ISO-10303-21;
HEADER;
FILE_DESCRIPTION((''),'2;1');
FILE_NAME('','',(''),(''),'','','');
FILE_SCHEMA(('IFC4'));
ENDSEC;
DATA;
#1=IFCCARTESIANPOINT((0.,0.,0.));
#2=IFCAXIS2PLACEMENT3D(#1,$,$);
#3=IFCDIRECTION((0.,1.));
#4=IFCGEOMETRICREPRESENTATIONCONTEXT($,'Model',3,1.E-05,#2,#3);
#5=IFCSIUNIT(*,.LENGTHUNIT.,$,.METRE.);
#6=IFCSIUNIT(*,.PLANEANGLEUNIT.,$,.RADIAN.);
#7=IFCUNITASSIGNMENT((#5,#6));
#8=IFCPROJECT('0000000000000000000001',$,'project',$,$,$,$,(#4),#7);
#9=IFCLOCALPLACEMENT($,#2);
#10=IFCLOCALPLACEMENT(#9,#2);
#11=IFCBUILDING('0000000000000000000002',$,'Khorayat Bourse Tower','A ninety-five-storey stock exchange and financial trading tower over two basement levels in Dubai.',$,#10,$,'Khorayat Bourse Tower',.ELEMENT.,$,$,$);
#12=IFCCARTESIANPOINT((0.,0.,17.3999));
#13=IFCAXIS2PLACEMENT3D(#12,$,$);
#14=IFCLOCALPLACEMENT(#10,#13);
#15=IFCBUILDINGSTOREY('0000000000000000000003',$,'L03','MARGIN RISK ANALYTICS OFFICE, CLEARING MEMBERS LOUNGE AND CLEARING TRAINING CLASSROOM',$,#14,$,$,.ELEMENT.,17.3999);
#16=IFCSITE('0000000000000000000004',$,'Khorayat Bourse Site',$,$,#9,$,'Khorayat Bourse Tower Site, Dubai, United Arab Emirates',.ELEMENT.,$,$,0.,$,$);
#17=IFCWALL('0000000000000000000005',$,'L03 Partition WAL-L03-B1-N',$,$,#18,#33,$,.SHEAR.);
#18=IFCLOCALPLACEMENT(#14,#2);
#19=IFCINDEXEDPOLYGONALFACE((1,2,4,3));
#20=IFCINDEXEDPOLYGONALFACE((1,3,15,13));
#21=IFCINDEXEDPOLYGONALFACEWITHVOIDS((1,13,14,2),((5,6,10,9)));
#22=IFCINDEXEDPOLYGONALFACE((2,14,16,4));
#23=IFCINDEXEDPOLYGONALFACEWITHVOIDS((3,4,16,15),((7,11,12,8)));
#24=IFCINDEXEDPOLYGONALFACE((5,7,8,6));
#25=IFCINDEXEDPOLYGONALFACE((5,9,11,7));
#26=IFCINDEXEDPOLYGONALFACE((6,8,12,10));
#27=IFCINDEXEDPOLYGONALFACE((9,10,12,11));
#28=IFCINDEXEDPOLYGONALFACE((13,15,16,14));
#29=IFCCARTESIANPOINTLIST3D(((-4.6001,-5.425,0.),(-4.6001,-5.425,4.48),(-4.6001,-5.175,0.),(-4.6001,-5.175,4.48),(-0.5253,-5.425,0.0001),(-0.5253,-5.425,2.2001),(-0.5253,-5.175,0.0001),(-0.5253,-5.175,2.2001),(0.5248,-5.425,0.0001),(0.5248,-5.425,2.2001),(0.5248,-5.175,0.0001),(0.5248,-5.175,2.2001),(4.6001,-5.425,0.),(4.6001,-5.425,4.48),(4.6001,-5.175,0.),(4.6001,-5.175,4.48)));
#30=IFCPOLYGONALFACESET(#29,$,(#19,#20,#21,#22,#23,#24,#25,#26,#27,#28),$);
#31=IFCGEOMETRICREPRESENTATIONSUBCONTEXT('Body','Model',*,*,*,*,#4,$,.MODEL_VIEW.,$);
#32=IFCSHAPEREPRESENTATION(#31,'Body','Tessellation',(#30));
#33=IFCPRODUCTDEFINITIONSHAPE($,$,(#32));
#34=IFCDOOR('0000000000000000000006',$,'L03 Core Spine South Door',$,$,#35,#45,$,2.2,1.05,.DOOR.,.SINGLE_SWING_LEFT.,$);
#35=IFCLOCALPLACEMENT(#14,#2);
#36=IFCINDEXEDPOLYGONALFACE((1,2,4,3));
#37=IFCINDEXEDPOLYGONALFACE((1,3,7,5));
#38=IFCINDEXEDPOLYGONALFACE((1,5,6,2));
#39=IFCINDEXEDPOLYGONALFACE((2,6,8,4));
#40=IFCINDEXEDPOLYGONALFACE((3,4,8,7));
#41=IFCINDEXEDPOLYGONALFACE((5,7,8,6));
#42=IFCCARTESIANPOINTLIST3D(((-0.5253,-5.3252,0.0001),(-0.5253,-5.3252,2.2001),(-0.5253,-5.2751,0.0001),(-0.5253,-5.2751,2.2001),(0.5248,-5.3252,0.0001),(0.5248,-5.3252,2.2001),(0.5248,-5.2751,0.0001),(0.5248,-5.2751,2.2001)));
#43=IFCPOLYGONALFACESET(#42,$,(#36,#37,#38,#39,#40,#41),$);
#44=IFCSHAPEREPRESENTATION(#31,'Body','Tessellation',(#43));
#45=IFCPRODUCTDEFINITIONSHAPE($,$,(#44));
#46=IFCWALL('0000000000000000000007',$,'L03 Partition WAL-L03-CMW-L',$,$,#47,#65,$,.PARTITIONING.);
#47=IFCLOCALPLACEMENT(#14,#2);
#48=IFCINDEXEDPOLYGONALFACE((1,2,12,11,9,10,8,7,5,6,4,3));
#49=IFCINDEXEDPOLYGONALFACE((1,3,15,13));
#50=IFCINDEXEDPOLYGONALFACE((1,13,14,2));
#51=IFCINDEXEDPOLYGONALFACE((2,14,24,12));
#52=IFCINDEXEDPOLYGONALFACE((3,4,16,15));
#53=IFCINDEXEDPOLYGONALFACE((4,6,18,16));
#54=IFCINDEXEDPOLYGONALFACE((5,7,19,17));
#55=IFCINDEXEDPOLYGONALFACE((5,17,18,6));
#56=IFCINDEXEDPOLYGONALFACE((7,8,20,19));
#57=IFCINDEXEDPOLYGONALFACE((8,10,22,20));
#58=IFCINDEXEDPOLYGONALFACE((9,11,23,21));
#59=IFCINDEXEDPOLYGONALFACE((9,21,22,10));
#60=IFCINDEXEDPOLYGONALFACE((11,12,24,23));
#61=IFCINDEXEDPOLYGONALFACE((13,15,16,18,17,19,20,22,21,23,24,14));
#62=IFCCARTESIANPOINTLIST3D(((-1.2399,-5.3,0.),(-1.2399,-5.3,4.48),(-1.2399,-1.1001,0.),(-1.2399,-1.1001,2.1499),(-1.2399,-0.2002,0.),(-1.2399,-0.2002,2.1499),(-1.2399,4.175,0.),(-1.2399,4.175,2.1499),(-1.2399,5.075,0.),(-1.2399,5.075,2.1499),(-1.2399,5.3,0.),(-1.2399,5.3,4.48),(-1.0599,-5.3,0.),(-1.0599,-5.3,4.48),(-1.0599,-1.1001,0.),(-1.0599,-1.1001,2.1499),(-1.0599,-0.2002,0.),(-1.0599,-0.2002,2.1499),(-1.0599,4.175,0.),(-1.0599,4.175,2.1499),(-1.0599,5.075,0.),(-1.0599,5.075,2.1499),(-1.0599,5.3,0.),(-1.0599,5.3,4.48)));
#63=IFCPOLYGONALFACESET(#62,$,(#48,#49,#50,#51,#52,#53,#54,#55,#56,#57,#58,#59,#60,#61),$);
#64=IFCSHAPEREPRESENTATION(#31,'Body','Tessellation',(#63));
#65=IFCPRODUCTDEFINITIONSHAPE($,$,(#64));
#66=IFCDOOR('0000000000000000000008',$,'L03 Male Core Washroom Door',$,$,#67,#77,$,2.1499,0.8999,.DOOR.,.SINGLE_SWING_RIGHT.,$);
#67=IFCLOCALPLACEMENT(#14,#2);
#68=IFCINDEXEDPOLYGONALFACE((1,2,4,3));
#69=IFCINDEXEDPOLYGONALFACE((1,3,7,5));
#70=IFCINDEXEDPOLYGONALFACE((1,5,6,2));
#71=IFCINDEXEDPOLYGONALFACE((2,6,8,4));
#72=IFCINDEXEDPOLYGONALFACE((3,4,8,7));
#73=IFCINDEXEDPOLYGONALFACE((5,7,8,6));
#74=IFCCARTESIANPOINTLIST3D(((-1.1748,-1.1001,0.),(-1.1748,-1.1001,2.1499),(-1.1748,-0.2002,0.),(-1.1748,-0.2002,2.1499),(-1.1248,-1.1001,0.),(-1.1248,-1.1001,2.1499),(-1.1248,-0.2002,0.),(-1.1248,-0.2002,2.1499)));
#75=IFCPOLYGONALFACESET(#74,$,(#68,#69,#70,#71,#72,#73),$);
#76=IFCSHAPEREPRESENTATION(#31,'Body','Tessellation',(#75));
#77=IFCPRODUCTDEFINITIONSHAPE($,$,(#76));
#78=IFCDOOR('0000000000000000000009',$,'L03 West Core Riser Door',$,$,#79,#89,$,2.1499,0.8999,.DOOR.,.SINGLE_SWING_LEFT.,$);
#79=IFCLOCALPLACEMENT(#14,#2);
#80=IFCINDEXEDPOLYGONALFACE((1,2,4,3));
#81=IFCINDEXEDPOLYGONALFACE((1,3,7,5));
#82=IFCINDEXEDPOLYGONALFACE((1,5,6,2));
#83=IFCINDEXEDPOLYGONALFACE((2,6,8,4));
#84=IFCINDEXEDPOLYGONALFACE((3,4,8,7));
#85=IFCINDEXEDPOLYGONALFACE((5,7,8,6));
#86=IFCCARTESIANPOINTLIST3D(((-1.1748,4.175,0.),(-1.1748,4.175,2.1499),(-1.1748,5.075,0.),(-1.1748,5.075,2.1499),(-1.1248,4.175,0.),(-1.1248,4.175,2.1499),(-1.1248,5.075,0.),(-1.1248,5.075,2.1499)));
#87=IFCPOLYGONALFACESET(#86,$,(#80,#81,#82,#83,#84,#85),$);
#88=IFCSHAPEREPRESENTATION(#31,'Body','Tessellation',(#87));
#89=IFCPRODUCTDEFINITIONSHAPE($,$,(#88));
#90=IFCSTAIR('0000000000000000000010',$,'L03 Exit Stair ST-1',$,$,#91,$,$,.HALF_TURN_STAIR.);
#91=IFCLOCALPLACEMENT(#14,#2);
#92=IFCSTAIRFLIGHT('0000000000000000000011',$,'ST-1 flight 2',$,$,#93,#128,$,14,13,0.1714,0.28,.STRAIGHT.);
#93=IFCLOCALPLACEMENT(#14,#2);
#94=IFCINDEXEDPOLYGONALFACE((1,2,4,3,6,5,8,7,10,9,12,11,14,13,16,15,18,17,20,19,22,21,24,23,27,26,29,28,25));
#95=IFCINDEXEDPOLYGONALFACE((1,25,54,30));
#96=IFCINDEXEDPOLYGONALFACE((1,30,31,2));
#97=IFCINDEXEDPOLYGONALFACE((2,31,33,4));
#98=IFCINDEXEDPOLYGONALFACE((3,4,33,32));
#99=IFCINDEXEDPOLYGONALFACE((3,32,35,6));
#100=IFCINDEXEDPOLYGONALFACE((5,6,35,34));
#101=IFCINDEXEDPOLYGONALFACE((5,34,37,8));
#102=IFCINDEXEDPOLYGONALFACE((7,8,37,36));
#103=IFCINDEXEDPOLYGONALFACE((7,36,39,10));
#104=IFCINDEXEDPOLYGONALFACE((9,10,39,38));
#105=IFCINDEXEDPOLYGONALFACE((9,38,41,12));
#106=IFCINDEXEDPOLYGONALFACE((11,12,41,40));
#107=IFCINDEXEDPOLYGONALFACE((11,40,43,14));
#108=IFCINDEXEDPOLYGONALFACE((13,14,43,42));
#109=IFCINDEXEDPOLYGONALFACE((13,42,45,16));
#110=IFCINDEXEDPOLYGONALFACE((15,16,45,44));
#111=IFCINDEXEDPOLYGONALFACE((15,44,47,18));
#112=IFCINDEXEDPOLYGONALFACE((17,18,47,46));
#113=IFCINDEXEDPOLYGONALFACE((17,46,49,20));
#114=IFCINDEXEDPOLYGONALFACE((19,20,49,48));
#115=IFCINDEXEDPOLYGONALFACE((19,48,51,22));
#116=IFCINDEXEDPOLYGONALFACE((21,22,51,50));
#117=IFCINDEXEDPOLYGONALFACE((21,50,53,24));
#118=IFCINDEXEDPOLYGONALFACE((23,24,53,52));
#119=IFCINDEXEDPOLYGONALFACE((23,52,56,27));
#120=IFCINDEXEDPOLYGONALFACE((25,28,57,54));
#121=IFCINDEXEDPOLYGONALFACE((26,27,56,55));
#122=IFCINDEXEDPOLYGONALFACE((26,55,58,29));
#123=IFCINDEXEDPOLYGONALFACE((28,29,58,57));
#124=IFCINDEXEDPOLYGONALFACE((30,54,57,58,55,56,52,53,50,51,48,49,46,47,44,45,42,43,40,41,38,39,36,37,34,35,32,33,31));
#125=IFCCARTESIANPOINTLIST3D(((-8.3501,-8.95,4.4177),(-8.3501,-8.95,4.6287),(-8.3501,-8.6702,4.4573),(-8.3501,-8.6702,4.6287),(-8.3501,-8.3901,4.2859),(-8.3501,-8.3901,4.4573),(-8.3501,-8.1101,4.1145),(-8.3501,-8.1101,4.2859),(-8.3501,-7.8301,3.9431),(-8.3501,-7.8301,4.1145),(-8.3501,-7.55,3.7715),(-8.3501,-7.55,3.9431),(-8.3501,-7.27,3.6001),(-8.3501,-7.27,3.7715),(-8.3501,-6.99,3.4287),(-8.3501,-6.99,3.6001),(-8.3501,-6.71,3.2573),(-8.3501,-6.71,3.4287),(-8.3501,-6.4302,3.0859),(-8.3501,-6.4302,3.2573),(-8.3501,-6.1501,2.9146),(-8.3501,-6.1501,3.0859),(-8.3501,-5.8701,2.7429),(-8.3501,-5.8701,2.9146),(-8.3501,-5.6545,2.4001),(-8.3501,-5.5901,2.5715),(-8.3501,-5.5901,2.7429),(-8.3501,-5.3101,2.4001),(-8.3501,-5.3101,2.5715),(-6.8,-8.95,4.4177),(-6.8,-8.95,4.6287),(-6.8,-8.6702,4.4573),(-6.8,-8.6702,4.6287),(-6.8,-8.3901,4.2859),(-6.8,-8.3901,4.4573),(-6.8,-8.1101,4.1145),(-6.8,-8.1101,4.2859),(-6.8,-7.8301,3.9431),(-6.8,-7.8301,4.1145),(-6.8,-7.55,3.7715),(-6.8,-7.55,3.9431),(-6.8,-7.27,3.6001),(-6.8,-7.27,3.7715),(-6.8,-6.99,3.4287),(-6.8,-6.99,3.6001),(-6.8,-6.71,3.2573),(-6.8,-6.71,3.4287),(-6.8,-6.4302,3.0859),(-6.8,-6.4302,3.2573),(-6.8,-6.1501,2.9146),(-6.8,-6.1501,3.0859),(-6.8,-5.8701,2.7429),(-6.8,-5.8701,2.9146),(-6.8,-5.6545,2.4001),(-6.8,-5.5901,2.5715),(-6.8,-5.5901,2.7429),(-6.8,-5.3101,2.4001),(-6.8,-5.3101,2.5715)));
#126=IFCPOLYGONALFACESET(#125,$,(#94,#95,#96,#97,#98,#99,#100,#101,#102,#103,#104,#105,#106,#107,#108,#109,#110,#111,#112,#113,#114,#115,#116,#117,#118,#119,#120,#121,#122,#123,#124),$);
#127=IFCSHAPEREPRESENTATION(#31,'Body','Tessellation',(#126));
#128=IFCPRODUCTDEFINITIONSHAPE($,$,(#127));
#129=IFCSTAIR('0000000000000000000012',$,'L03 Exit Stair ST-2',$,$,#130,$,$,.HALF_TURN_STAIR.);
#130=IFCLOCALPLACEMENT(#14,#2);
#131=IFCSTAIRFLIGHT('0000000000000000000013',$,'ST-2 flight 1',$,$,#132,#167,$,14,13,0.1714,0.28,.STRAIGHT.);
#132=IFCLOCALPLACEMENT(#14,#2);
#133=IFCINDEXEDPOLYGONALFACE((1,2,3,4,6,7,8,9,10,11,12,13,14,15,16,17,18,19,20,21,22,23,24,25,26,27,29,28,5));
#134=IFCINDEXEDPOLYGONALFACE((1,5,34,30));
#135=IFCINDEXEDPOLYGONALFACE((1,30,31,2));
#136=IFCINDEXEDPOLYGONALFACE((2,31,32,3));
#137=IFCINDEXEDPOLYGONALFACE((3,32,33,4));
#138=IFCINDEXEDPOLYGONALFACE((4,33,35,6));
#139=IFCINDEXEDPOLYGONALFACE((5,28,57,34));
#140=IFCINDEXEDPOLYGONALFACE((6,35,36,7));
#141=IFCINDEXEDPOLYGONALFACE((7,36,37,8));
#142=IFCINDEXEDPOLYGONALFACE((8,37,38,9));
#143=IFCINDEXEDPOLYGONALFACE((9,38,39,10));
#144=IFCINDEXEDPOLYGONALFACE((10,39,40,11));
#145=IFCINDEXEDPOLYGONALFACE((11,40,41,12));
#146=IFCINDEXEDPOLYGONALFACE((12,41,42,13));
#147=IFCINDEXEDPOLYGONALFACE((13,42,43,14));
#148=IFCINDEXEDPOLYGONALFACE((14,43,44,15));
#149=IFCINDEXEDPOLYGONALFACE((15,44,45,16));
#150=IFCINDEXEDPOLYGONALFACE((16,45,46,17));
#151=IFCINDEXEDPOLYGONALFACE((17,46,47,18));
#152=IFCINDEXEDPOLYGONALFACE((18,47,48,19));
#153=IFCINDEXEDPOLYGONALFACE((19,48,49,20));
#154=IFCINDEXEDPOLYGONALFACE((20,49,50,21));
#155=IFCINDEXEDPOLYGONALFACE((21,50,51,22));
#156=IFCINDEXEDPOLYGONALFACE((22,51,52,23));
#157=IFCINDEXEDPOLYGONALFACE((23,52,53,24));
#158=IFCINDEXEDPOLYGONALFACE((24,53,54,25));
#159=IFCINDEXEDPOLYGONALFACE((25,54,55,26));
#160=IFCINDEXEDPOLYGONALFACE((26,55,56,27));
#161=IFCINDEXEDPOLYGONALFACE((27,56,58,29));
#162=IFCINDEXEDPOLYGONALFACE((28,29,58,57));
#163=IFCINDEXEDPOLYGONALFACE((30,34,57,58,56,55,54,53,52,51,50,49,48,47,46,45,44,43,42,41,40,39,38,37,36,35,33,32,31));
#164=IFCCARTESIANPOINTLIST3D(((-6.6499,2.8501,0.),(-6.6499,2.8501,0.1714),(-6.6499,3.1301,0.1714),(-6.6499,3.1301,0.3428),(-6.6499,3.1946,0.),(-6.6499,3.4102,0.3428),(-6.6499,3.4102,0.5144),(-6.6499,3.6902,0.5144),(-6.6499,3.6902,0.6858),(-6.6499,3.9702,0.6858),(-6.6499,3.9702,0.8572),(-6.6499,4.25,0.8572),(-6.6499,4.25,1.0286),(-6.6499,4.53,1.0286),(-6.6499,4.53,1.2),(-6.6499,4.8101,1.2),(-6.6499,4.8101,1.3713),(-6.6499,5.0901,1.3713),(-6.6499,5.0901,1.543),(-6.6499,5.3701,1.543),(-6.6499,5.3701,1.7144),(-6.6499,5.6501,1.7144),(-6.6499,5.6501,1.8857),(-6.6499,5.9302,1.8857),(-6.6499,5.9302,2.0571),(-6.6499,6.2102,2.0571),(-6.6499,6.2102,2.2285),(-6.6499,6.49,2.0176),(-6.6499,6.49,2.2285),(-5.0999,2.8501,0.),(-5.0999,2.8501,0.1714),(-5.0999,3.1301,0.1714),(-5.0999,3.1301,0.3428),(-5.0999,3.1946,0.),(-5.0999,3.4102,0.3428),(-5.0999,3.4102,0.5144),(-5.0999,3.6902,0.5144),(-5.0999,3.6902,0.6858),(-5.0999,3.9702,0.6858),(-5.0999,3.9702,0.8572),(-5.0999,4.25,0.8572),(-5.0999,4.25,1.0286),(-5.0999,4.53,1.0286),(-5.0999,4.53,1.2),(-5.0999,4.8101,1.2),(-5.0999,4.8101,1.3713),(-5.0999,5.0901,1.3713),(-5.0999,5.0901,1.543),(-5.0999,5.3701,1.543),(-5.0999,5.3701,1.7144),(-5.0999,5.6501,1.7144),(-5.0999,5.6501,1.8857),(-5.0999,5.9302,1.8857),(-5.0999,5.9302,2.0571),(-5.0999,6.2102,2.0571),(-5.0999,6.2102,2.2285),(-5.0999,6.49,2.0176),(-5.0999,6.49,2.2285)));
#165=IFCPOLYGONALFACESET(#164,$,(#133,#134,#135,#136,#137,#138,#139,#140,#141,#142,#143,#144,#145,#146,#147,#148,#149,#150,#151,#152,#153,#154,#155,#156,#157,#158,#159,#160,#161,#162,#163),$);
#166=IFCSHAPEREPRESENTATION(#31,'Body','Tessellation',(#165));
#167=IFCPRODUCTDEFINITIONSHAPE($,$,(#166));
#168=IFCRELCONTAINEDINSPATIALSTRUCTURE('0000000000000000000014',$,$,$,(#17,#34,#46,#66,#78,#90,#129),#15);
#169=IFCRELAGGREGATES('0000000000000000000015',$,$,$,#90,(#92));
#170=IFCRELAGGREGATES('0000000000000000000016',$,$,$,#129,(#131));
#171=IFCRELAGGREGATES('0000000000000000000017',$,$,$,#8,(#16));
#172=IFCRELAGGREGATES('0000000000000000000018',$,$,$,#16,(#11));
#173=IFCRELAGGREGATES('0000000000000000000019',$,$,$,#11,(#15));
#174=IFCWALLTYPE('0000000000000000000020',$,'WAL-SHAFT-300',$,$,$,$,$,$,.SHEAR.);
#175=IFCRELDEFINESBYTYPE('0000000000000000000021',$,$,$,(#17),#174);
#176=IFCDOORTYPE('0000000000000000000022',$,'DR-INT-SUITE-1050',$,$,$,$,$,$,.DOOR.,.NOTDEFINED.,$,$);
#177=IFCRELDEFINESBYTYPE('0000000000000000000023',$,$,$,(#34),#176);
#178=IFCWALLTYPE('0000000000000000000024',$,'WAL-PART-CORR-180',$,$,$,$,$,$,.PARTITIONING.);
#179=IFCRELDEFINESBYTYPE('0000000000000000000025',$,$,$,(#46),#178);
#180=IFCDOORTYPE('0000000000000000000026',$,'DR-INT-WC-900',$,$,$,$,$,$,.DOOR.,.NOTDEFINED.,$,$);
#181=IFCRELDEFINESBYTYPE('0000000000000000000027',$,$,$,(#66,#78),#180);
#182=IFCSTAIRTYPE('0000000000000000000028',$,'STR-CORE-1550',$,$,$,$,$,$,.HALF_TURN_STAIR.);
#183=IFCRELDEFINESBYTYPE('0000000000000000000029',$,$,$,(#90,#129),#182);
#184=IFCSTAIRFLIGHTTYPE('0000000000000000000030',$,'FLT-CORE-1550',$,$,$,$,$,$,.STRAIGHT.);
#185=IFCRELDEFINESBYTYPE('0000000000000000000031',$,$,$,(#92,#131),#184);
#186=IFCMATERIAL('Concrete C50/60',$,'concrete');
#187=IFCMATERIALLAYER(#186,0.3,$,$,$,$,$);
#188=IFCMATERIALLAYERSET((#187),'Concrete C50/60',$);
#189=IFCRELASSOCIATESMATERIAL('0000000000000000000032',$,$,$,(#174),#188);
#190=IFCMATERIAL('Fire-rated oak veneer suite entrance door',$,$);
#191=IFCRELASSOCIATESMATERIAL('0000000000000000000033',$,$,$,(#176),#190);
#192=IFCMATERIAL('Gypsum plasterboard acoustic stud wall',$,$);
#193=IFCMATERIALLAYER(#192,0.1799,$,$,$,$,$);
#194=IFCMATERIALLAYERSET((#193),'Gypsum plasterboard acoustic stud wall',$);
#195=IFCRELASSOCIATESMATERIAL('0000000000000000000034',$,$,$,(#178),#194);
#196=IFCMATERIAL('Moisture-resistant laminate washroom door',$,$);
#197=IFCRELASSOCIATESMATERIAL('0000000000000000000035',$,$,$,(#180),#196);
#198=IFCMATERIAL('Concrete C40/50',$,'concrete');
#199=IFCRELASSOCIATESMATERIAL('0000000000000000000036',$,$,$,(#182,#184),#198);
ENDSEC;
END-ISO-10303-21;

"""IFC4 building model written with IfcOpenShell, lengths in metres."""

from ifc_helpers import new_model, si_unit, direction, frame, frame_2d, origin, place, context, subcontext, project, spatial, polyline, rectangle, outline, extrude, source, transform, mapped, material, layer, layer_set, type_object, element, fill, aggregate, save


model = new_model("IFC4")

# Units and contexts
model_context = context("Model", 3, precision=1e-05, world=origin(), true_north=direction((0.0, 1.0)))
body_context = subcontext(model_context, "Body", "Model", "MODEL_VIEW")
ifc_project = project(units=[si_unit("LENGTHUNIT", "METRE"), si_unit("PLANEANGLEUNIT", "RADIAN")], contexts=[model_context])

# Site, building, storey
site_placement = place(None, origin())
site = spatial("IfcSite", under=ifc_project, at=site_placement, Name="Khorayat Bourse Site", LongName="Khorayat Bourse Tower Site, Dubai, United Arab Emirates", CompositionType="ELEMENT", RefElevation=0.0)
building_placement = place(site_placement, origin())
building = spatial("IfcBuilding", under=site, at=building_placement, Name="Khorayat Bourse Tower", Description="A ninety-five-storey stock exchange and financial trading tower over two basement levels in Dubai.", LongName="Khorayat Bourse Tower", CompositionType="ELEMENT")
storey_placement = place(building_placement, frame((0.0, 0.0, 17.3999)))
storey = spatial("IfcBuildingStorey", under=building, at=storey_placement, Name="L03", Description="MARGIN RISK ANALYTICS OFFICE, CLEARING MEMBERS LOUNGE AND CLEARING TRAINING CLASSROOM", CompositionType="ELEMENT", Elevation=17.3999)

# Shared definitions
ifc_material_1 = material(Name="Concrete C50/60", Category="concrete")
ifc_layer_1 = layer(ifc_material_1, 0.3)
ifc_layer_set_1 = layer_set([ifc_layer_1], Name="Concrete C50/60")
wall_type_1 = type_object("IfcWallType", Name="WAL-SHAFT-300", PredefinedType="SHEAR", material=ifc_layer_set_1)

# Wall, opening, door
shared_shape_1 = source(origin(), body_context, "Body", "SweptSolid", [
    extrude(rectangle(XDim=9.2002, YDim=0.25, at=frame_2d((4.6001, 0.0))), origin(), (0.0, 0.0, 1.0), 4.48),
])
wall_1_placement = place(storey_placement, frame((-4.6001, -5.3, 0.0), z_axis=(0.0, 0.0, 1.0), x_axis=(1.0, 0.0, 0.0)))
wall_1 = element("IfcWall", 1, at=wall_1_placement, inside=storey, type_object=wall_type_1, Name="L03 Partition WAL-L03-B1-N", PredefinedType="SHEAR", context=body_context, shape_type="MappedRepresentation", body=[
    mapped(shared_shape_1, transform((0.0, 0.0, 0.0), scale=1.0)),
])
shared_shape_2 = source(origin(), body_context, "Body", "SweptSolid", [
    extrude(rectangle(XDim=1.05, YDim=2.2, at=frame_2d((0.5249, 1.1001))), frame((0.0, 0.135, 0.0), z_axis=(0.0, -1.0, 0.0), x_axis=(1.0, 0.0, 0.0)), (0.0, 0.0, 1.0), 0.27),
])
opening_1_placement = place(wall_1_placement, frame((4.075, 0.0, 0.0)))
opening_1 = element("IfcOpeningElement", 2, at=opening_1_placement, cuts=wall_1, PredefinedType="OPENING", context=body_context, shape_type="MappedRepresentation", body=[
    mapped(shared_shape_2, transform((0.0, 0.0, 0.0), scale=1.0)),
])
ifc_material_2 = material(Name="Fire-rated oak veneer suite entrance door")
door_type_1 = type_object("IfcDoorType", Name="DR-INT-SUITE-1050", OperationType="NOTDEFINED", PredefinedType="DOOR", material=ifc_material_2)
shared_shape_3 = source(origin(), body_context, "Body", "SweptSolid", [
    extrude(rectangle(XDim=1.05, YDim=2.2, at=frame_2d((0.5249, 1.1001))), frame((0.0, 0.0249, 0.0), z_axis=(0.0, -1.0, 0.0), x_axis=(1.0, 0.0, 0.0)), (0.0, 0.0, 1.0), 0.05),
])
door_1_placement = place(opening_1_placement, origin())
door_1 = element("IfcDoor", 3, at=door_1_placement, inside=storey, type_object=door_type_1, Name="L03 Core Spine South Door", OperationType="SINGLE_SWING_LEFT", OverallHeight=2.2, OverallWidth=1.05, PredefinedType="DOOR", context=body_context, shape_type="MappedRepresentation", body=[
    mapped(shared_shape_3, transform((0.0, 0.0, 0.0), scale=1.0)),
])
fill(opening_1, door_1)

# Wall, openings, doors
ifc_material_3 = material(Name="Gypsum plasterboard acoustic stud wall")
ifc_layer_2 = layer(ifc_material_3, 0.1799)
ifc_layer_set_2 = layer_set([ifc_layer_2], Name="Gypsum plasterboard acoustic stud wall")
wall_type_2 = type_object("IfcWallType", Name="WAL-PART-CORR-180", PredefinedType="PARTITIONING", material=ifc_layer_set_2)
shared_shape_4 = source(origin(), body_context, "Body", "SweptSolid", [
    extrude(rectangle(XDim=10.6001, YDim=0.1799, at=frame_2d((5.3, 0.0))), origin(), (0.0, 0.0, 1.0), 4.48),
])
wall_2_placement = place(storey_placement, frame((-1.1499, -5.3, 0.0), z_axis=(0.0, 0.0, 1.0), x_axis=(0.0, 1.0, 0.0)))
wall_2 = element("IfcWall", 4, at=wall_2_placement, inside=storey, type_object=wall_type_2, Name="L03 Partition WAL-L03-CMW-L", PredefinedType="PARTITIONING", context=body_context, shape_type="MappedRepresentation", body=[
    mapped(shared_shape_4, transform((0.0, 0.0, 0.0), scale=1.0)),
])
shared_shape_5 = source(origin(), body_context, "Body", "SweptSolid", [
    extrude(rectangle(XDim=0.8999, YDim=2.1499, at=frame_2d((0.45, 1.075))), frame((0.0, 0.0999, 0.0), z_axis=(0.0, -1.0, 0.0), x_axis=(1.0, 0.0, 0.0)), (0.0, 0.0, 1.0), 0.2),
])
opening_2_placement = place(wall_2_placement, frame((4.2, 0.0, 0.0)))
opening_2 = element("IfcOpeningElement", 5, at=opening_2_placement, cuts=wall_2, PredefinedType="OPENING", context=body_context, shape_type="MappedRepresentation", body=[
    mapped(shared_shape_5, transform((0.0, 0.0, 0.0), scale=1.0)),
])
opening_3_placement = place(wall_2_placement, frame((9.4751, 0.0, 0.0)))
opening_3 = element("IfcOpeningElement", 6, at=opening_3_placement, cuts=wall_2, PredefinedType="OPENING", context=body_context, shape_type="MappedRepresentation", body=[
    mapped(shared_shape_5, transform((0.0, 0.0, 0.0), scale=1.0)),
])
ifc_material_4 = material(Name="Moisture-resistant laminate washroom door")
door_type_2 = type_object("IfcDoorType", Name="DR-INT-WC-900", OperationType="NOTDEFINED", PredefinedType="DOOR", material=ifc_material_4)
shared_shape_6 = source(origin(), body_context, "Body", "SweptSolid", [
    extrude(rectangle(XDim=0.8999, YDim=2.1499, at=frame_2d((0.45, 1.075))), frame((0.0, 0.0249, 0.0), z_axis=(0.0, -1.0, 0.0), x_axis=(1.0, 0.0, 0.0)), (0.0, 0.0, 1.0), 0.05),
])
door_2_placement = place(opening_2_placement, origin())
door_2 = element("IfcDoor", 7, at=door_2_placement, inside=storey, type_object=door_type_2, Name="L03 Male Core Washroom Door", OperationType="SINGLE_SWING_RIGHT", OverallHeight=2.1499, OverallWidth=0.8999, PredefinedType="DOOR", context=body_context, shape_type="MappedRepresentation", body=[
    mapped(shared_shape_6, transform((0.0, 0.0, 0.0), scale=1.0)),
])
fill(opening_2, door_2)
door_3_placement = place(opening_3_placement, origin())
door_3 = element("IfcDoor", 8, at=door_3_placement, inside=storey, type_object=door_type_2, Name="L03 West Core Riser Door", OperationType="SINGLE_SWING_LEFT", OverallHeight=2.1499, OverallWidth=0.8999, PredefinedType="DOOR", context=body_context, shape_type="MappedRepresentation", body=[
    mapped(shared_shape_6, transform((0.0, 0.0, 0.0), scale=1.0)),
])
fill(opening_3, door_3)

# Stairs, stair flights
ifc_material_5 = material(Name="Concrete C40/50", Category="concrete")
stair_type = type_object("IfcStairType", Name="STR-CORE-1550", PredefinedType="HALF_TURN_STAIR", material=ifc_material_5)
stair_1_placement = place(storey_placement, origin())
stair_1 = element("IfcStair", 9, at=stair_1_placement, inside=storey, type_object=stair_type, Name="L03 Exit Stair ST-1", PredefinedType="HALF_TURN_STAIR")
stair_flight_type = type_object("IfcStairFlightType", Name="FLT-CORE-1550", PredefinedType="STRAIGHT", material=ifc_material_5)
shared_shape_7 = source(origin(), body_context, "Body", "SweptSolid", [
    extrude(outline(polyline([(0.0, 0.0), (0.0, 0.1714), (0.28, 0.1714), (0.28, 0.3428), (0.5601, 0.3428), (0.5601, 0.5144), (0.8401, 0.5144), (0.8401, 0.6858), (1.1201, 0.6858), (1.1201, 0.8572), (1.3999, 0.8572), (1.3999, 1.0286), (1.6799, 1.0286), (1.6799, 1.2), (1.96, 1.2), (1.96, 1.3713), (2.24, 1.3713), (2.24, 1.543), (2.52, 1.543), (2.52, 1.7144), (2.8, 1.7144), (2.8, 1.8857), (3.0801, 1.8857), (3.0801, 2.0571), (3.3601, 2.0571), (3.3601, 2.2285), (3.6399, 2.2285), (3.6399, 2.3999), (3.6399, 2.0176), (0.3445, 0.0), (0.0, 0.0)])), frame((0.0, 0.7749, 0.0), z_axis=(0.0, -1.0, 0.0), x_axis=(1.0, 0.0, 0.0)), (0.0, 0.0, 1.0), 1.55),
])
stair_flight_1_placement = place(storey_placement, frame((-7.575, -5.3101, 2.4001), z_axis=(0.0, 0.0, 1.0), x_axis=(0.0, -1.0, 0.0)))
stair_flight_1 = element("IfcStairFlight", 10, at=stair_flight_1_placement, type_object=stair_flight_type, Name="ST-1 flight 2", NumberOfRisers=14, NumberOfTreads=13, PredefinedType="STRAIGHT", RiserHeight=0.1714, TreadLength=0.28, context=body_context, shape_type="MappedRepresentation", body=[
    mapped(shared_shape_7, transform((0.0, 0.0, 0.0), scale=1.0)),
])
aggregate(stair_1, [stair_flight_1])
stair_2_placement = place(storey_placement, origin())
stair_2 = element("IfcStair", 11, at=stair_2_placement, inside=storey, type_object=stair_type, Name="L03 Exit Stair ST-2", PredefinedType="HALF_TURN_STAIR")
stair_flight_2_placement = place(storey_placement, frame((-5.875, 2.8501, 0.0), z_axis=(0.0, 0.0, 1.0), x_axis=(0.0, 1.0, 0.0)))
stair_flight_2 = element("IfcStairFlight", 12, at=stair_flight_2_placement, type_object=stair_flight_type, Name="ST-2 flight 1", NumberOfRisers=14, NumberOfTreads=13, PredefinedType="STRAIGHT", RiserHeight=0.1714, TreadLength=0.28, context=body_context, shape_type="MappedRepresentation", body=[
    mapped(shared_shape_7, transform((0.0, 0.0, 0.0), scale=1.0)),
])
aggregate(stair_2, [stair_flight_2])

save(model, "model.ifc")
